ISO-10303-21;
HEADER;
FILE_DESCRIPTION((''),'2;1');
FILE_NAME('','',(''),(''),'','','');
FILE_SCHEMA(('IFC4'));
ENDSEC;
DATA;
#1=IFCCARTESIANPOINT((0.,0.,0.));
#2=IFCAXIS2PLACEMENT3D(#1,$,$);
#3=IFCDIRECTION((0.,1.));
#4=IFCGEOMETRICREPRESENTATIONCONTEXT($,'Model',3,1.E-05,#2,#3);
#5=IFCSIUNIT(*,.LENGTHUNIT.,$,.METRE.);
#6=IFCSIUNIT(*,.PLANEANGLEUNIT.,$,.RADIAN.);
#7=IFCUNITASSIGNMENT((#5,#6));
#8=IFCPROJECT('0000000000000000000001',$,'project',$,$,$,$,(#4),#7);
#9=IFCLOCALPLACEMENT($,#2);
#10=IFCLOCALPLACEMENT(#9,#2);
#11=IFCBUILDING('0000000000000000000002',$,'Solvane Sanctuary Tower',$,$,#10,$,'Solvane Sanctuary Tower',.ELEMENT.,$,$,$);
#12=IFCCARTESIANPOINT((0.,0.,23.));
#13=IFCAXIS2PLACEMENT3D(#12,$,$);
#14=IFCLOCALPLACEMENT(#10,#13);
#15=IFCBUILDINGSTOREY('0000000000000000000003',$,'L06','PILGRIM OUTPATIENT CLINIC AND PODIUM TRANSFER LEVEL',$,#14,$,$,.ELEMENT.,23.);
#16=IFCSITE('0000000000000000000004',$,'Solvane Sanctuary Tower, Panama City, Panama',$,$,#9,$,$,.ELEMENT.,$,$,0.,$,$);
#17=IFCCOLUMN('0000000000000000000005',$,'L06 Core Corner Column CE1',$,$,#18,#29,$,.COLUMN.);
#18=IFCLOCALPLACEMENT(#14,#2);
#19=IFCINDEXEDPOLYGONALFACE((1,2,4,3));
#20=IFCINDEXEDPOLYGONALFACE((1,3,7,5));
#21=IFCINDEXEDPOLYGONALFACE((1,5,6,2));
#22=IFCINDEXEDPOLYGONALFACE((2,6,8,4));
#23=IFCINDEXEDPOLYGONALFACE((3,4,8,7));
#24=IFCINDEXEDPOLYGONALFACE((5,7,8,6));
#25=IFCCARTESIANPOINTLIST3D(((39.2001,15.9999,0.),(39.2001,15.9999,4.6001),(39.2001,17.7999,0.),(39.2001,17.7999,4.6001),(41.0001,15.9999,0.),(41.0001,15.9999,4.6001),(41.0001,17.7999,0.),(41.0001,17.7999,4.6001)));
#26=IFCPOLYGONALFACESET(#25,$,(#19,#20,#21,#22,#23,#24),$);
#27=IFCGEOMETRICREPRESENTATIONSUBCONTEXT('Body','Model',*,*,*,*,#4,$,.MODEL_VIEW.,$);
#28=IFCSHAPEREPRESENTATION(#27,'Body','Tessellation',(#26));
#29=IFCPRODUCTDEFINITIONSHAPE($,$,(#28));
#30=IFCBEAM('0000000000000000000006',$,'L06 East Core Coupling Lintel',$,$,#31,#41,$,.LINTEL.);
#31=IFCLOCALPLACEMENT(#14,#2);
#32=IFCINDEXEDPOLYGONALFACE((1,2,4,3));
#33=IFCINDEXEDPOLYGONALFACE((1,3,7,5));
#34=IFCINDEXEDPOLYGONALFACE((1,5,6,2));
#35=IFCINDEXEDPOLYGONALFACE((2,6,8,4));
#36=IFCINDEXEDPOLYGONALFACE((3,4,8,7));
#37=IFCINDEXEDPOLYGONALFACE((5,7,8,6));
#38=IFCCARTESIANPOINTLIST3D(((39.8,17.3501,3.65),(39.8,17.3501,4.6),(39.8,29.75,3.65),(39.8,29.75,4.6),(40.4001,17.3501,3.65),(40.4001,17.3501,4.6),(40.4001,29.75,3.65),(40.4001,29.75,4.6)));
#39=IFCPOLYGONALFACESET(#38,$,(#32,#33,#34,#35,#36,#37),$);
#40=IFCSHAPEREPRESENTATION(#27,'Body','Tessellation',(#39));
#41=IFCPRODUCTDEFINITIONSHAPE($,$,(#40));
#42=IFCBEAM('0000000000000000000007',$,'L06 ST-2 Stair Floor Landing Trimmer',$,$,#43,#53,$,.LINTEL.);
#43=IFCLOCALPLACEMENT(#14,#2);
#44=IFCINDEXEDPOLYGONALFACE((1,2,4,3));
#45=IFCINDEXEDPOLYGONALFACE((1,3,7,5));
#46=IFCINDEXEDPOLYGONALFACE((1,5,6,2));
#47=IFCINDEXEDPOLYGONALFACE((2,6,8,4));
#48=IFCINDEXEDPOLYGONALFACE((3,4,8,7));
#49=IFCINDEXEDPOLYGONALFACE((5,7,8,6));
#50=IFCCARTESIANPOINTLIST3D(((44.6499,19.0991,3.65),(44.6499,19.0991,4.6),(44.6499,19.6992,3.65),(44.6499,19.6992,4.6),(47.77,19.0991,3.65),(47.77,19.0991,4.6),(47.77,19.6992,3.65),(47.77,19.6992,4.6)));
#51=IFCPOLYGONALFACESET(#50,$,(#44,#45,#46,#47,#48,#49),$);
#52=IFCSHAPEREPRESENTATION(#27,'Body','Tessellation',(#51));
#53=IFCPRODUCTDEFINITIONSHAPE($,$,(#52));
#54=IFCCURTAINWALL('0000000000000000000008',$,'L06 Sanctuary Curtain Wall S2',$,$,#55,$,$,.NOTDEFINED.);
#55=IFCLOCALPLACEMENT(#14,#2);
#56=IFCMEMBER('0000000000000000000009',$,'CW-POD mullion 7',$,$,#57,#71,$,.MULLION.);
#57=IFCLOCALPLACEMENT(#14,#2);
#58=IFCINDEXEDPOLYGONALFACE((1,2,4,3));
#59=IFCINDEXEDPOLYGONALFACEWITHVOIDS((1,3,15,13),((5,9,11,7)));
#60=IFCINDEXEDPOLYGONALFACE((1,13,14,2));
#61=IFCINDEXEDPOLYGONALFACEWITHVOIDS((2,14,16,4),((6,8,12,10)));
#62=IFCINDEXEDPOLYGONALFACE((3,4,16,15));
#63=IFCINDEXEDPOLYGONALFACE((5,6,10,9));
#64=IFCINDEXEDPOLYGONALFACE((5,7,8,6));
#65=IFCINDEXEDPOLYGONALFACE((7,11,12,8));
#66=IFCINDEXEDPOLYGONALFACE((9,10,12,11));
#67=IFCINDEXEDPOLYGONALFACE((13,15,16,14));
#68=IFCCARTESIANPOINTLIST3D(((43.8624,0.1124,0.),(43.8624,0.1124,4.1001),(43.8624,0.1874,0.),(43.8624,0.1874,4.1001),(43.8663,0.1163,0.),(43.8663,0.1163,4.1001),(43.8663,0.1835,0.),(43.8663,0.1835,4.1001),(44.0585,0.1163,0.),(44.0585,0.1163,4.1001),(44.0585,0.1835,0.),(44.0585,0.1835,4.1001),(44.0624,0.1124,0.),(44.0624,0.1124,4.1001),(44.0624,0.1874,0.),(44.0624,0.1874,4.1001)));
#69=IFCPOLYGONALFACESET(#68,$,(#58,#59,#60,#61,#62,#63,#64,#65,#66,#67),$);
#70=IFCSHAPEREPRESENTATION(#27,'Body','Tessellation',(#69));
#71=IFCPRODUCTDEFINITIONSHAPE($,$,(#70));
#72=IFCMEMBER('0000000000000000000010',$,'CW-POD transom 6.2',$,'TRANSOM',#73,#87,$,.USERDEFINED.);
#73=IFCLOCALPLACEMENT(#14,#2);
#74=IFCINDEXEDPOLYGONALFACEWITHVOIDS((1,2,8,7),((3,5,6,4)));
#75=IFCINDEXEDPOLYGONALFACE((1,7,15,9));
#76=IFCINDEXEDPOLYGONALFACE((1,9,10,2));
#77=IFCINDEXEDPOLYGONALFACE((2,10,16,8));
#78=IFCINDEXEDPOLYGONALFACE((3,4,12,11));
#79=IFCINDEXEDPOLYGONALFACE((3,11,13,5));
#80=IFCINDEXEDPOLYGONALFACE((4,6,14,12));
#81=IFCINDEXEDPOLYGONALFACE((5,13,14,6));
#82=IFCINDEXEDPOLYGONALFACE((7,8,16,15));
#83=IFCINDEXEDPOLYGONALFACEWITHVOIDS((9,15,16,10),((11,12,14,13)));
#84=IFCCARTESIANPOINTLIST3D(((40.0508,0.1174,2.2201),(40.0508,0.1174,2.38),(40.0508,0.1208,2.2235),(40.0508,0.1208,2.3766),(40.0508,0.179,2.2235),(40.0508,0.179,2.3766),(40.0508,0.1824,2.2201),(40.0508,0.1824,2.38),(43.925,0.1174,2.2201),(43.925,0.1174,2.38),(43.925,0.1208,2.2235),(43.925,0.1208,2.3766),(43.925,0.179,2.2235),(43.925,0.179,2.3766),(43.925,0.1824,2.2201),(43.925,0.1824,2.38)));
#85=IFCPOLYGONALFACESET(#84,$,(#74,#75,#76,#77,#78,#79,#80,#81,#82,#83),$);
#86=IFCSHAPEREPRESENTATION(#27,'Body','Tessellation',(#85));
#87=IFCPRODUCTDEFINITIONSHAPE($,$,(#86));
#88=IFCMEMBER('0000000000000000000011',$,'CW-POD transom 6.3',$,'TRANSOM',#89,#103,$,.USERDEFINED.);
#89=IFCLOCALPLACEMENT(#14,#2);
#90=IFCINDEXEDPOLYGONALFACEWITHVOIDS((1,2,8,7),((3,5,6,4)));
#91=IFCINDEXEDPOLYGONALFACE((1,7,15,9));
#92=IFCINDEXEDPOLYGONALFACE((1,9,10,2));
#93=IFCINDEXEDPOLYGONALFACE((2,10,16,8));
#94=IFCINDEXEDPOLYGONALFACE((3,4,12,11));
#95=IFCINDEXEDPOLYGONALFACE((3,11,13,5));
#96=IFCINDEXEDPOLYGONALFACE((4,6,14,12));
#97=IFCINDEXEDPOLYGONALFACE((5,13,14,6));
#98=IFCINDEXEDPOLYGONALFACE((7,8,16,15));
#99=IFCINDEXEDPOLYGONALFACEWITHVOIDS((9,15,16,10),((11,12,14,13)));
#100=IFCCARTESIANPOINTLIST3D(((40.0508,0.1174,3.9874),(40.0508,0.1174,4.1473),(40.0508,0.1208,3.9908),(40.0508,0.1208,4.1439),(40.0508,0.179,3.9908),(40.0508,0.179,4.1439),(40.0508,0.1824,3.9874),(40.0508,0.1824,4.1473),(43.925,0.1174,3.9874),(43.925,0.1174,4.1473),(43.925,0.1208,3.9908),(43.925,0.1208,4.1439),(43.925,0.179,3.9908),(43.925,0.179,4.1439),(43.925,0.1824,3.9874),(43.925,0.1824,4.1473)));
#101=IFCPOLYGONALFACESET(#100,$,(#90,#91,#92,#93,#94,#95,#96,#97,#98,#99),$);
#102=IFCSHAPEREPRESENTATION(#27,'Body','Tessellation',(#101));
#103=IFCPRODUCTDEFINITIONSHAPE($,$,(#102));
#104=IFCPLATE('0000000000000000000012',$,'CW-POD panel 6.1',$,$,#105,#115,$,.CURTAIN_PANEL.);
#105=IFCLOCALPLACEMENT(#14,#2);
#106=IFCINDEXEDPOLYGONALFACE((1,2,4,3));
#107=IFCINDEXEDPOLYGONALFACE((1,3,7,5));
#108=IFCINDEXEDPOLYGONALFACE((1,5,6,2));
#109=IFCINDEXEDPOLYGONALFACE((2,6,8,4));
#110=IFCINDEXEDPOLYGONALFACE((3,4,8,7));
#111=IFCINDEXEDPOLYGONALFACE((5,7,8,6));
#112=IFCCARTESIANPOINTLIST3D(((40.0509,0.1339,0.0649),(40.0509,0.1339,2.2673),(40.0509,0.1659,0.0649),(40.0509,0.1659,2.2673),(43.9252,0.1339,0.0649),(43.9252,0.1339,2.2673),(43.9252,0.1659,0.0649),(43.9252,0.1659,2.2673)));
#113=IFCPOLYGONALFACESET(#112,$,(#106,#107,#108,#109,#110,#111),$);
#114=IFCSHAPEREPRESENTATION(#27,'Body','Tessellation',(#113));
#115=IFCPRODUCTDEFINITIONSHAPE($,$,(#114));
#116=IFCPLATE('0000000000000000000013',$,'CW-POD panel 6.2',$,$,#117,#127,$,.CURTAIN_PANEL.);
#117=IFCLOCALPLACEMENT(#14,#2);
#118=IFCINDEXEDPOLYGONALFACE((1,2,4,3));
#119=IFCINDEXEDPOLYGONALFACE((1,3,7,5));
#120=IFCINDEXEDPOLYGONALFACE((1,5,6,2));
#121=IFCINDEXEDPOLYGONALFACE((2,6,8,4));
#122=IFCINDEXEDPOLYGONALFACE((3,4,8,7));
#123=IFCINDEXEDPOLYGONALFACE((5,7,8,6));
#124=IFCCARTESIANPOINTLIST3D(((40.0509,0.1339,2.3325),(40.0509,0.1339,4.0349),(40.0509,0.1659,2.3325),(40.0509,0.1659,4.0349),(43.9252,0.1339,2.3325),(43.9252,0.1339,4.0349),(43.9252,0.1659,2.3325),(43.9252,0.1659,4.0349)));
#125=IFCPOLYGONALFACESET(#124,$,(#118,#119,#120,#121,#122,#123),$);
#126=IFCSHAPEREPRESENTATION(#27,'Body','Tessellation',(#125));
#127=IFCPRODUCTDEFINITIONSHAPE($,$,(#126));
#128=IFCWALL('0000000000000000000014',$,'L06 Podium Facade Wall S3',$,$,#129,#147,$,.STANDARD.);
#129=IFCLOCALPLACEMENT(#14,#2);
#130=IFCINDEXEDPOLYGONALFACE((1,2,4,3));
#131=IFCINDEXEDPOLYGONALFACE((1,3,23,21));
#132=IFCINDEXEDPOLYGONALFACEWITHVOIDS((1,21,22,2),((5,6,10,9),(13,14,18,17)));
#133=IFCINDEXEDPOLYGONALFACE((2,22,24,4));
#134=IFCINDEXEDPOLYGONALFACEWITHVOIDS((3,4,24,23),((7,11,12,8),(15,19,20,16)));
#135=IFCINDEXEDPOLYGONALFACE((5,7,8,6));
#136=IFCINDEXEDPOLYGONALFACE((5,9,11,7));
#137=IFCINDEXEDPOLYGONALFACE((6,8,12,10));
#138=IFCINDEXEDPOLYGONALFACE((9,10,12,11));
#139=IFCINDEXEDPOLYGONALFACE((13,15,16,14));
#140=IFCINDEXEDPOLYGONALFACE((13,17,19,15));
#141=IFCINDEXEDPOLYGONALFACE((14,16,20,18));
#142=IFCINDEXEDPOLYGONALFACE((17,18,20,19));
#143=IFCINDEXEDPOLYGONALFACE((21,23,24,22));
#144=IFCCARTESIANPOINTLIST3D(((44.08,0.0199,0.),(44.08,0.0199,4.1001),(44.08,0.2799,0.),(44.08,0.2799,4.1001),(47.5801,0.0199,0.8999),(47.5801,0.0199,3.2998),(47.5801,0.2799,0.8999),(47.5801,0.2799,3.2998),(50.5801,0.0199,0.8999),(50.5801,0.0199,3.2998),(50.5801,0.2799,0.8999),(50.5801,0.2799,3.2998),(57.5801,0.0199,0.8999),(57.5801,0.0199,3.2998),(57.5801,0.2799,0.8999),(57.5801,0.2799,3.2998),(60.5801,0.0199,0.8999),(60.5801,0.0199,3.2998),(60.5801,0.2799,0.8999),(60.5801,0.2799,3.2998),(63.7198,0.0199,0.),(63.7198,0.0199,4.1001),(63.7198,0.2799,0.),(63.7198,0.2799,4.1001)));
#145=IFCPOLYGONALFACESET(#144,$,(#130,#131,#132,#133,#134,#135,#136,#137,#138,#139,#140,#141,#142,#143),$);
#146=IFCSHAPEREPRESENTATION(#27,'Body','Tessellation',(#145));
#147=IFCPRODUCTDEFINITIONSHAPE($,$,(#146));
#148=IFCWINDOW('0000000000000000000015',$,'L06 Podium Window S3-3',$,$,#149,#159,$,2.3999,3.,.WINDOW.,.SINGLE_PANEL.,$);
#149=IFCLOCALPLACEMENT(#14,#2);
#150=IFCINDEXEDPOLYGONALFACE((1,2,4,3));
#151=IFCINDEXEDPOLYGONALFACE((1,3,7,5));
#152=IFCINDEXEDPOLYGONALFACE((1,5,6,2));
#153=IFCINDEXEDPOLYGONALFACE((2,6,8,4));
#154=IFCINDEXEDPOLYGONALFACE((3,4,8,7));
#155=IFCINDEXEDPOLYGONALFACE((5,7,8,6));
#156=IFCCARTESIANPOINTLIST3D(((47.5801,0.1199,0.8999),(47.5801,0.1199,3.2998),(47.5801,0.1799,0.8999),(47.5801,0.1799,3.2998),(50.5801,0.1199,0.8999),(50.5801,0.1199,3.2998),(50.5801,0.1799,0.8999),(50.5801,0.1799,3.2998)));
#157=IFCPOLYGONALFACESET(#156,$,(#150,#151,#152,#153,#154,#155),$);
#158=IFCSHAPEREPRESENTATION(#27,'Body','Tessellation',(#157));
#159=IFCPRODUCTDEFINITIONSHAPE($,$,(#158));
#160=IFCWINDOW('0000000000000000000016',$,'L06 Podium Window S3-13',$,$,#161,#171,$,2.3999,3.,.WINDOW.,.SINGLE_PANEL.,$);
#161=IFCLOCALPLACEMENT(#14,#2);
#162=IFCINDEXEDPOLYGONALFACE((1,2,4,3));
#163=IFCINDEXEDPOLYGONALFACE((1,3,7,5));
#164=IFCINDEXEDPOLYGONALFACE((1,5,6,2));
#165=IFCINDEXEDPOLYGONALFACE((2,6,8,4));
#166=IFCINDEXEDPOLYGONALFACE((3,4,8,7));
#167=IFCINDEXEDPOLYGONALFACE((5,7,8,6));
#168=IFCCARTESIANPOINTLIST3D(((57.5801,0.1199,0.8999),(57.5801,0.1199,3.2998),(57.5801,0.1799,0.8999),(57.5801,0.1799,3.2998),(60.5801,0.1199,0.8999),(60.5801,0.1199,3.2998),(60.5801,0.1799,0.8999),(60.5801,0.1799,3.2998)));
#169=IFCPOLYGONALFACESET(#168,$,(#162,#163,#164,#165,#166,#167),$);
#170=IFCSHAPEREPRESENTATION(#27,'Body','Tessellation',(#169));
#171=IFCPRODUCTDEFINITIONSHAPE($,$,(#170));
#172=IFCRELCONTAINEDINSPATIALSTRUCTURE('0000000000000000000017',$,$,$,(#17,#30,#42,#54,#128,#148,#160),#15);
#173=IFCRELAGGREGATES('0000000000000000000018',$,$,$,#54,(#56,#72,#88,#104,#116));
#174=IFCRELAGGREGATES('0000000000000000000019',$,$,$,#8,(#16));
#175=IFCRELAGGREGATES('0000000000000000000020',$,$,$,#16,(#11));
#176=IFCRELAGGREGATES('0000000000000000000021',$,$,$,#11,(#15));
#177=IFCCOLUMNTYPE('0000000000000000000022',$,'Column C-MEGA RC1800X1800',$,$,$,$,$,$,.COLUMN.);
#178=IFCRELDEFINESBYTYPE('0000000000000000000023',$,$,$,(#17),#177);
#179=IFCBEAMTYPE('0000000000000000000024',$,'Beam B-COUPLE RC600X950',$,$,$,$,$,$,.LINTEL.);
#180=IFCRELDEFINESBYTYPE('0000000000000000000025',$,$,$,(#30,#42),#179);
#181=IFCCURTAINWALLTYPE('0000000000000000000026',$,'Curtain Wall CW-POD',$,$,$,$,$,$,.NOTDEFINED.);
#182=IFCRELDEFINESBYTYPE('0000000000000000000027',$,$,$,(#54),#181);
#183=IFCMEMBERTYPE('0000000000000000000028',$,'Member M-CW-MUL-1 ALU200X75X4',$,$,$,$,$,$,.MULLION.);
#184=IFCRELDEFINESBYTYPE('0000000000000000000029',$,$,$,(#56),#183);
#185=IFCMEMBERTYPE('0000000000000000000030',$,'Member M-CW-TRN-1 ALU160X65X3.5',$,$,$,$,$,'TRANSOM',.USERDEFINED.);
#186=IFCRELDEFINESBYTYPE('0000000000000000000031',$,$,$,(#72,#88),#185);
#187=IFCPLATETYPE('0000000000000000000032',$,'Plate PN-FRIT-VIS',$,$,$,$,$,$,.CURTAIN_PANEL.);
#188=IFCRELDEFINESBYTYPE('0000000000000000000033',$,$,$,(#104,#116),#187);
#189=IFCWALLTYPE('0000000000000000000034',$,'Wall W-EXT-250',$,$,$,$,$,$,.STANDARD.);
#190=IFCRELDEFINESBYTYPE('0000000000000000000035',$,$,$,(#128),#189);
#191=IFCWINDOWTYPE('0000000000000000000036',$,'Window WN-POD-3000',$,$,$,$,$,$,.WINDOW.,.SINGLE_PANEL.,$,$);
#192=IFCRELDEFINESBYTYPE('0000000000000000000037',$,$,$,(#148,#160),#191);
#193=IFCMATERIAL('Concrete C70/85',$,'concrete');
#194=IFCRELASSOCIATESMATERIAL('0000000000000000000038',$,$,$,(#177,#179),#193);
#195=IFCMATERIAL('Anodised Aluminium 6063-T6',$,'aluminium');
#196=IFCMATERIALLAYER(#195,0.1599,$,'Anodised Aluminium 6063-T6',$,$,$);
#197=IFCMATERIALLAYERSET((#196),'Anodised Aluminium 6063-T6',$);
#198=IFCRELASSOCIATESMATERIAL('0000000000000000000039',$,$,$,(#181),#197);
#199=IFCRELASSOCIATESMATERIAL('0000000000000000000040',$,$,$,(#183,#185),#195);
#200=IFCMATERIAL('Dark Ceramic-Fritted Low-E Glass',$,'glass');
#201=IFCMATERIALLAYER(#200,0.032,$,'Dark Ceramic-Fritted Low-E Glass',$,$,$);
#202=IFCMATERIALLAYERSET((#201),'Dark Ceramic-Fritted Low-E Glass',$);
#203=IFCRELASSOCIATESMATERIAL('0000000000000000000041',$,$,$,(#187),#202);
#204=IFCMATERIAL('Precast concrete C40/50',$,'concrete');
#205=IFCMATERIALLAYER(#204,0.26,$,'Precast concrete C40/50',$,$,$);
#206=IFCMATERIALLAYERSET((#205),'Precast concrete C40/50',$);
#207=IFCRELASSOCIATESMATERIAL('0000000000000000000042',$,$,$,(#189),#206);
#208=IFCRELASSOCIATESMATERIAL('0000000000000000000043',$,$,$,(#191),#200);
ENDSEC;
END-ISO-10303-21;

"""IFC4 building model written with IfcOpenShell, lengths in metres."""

from ifc_helpers import new_model, si_unit, direction, frame, frame_2d, origin, origin_2d, place, context, subcontext, project, spatial, rectangle, hollow_rectangle, extrude, material, layer, layer_set, material_profile, profile_set, type_object, element, fill, aggregate, save


model = new_model("IFC4")

# Units and contexts
model_context = context("Model", 3, precision=1e-05, world=origin(), true_north=direction((0.0, 1.0)))
body_context = subcontext(model_context, "Body", "Model", "MODEL_VIEW")
ifc_project = project(units=[si_unit("LENGTHUNIT", "METRE"), si_unit("PLANEANGLEUNIT", "RADIAN")], contexts=[model_context])

# Site, building, storey
site_placement = place(None, origin())
site = spatial("IfcSite", under=ifc_project, at=site_placement, Name="Solvane Sanctuary Tower, Panama City, Panama", CompositionType="ELEMENT", RefElevation=0.0)
building_placement = place(site_placement, origin())
building = spatial("IfcBuilding", under=site, at=building_placement, Name="Solvane Sanctuary Tower", LongName="Solvane Sanctuary Tower", CompositionType="ELEMENT")
storey_placement = place(building_placement, frame((0.0, 0.0, 23.0)))
storey = spatial("IfcBuildingStorey", under=building, at=storey_placement, Name="L06", Description="PILGRIM OUTPATIENT CLINIC AND PODIUM TRANSFER LEVEL", CompositionType="ELEMENT", Elevation=23.0)

# Column
ifc_material_1 = material(Name="Concrete C70/85", Category="concrete")
ifc_material_profile_1 = material_profile(ifc_material_1, rectangle(XDim=1.8, YDim=1.8, at=origin_2d()), Name="RC1800X1800")
ifc_profile_set_1 = profile_set([ifc_material_profile_1], Name="Concrete C70/85")
column_type = type_object("IfcColumnType", Name="Column C-MEGA RC1800X1800", PredefinedType="COLUMN", material=ifc_profile_set_1)
column_placement = place(storey_placement, frame((40.1001, 16.8999, 0.0), z_axis=(0.0, 0.0, 1.0), x_axis=(1.0, 0.0, 0.0)))
element("IfcColumn", 1, at=column_placement, inside=storey, type_object=column_type, Name="L06 Core Corner Column CE1", PredefinedType="COLUMN", context=body_context, shape_type="SweptSolid", body=[
    extrude(rectangle(XDim=1.8, YDim=1.8, at=origin_2d()), origin(), (0.0, 0.0, 1.0), 4.6001),
])

# Beams
ifc_material_profile_2 = material_profile(ifc_material_1, rectangle(XDim=0.6001, YDim=0.95, at=origin_2d()), Name="RC600X950")
ifc_profile_set_2 = profile_set([ifc_material_profile_2], Name="Concrete C70/85")
beam_type = type_object("IfcBeamType", Name="Beam B-COUPLE RC600X950", PredefinedType="LINTEL", material=ifc_profile_set_2)
beam_1_placement = place(storey_placement, frame((40.1001, 17.3501, 4.125), z_axis=(0.0, 1.0, 0.0), x_axis=(-1.0, 0.0, 0.0)))
element("IfcBeam", 2, at=beam_1_placement, inside=storey, type_object=beam_type, Name="L06 East Core Coupling Lintel", PredefinedType="LINTEL", context=body_context, shape_type="SweptSolid", body=[
    extrude(rectangle(XDim=0.6001, YDim=0.95, at=origin_2d()), origin(), (0.0, 0.0, 1.0), 12.3999),
])
beam_2_placement = place(storey_placement, frame((44.6499, 19.3992, 4.125), z_axis=(1.0, 0.0, 0.0), x_axis=(0.0, 1.0, 0.0)))
element("IfcBeam", 3, at=beam_2_placement, inside=storey, type_object=beam_type, Name="L06 ST-2 Stair Floor Landing Trimmer", PredefinedType="LINTEL", context=body_context, shape_type="SweptSolid", body=[
    extrude(rectangle(XDim=0.6001, YDim=0.95, at=origin_2d()), origin(), (0.0, 0.0, 1.0), 3.1201),
])

# Curtain wall, members, plates
ifc_material_2 = material(Name="Anodised Aluminium 6063-T6", Category="aluminium")
ifc_layer_1 = layer(ifc_material_2, 0.1599, Name="Anodised Aluminium 6063-T6")
ifc_layer_set_1 = layer_set([ifc_layer_1], Name="Anodised Aluminium 6063-T6")
curtain_wall_type = type_object("IfcCurtainWallType", Name="Curtain Wall CW-POD", PredefinedType="NOTDEFINED", material=ifc_layer_set_1)
curtain_wall_placement = place(storey_placement, origin())
curtain_wall = element("IfcCurtainWall", 4, at=curtain_wall_placement, inside=storey, type_object=curtain_wall_type, Name="L06 Sanctuary Curtain Wall S2", PredefinedType="NOTDEFINED")
ifc_material_profile_3 = material_profile(ifc_material_2, hollow_rectangle(XDim=0.075, YDim=0.2, WallThickness=0.0039, at=origin_2d()), Name="ALU200X75X4")
ifc_profile_set_3 = profile_set([ifc_material_profile_3], Name="Anodised Aluminium 6063-T6")
member_type_1 = type_object("IfcMemberType", Name="Member M-CW-MUL-1 ALU200X75X4", PredefinedType="MULLION", material=ifc_profile_set_3)
member_1_placement = place(storey_placement, frame((43.9624, 0.1499, 0.0), z_axis=(0.0, 0.0, 1.0), x_axis=(0.0, 1.0, 0.0)))
member_1 = element("IfcMember", 5, at=member_1_placement, type_object=member_type_1, Name="CW-POD mullion 7", PredefinedType="MULLION", context=body_context, shape_type="SweptSolid", body=[
    extrude(hollow_rectangle(XDim=0.075, YDim=0.2, WallThickness=0.0039, at=origin_2d()), origin(), (0.0, 0.0, 1.0), 4.1001),
])
ifc_material_profile_4 = material_profile(ifc_material_2, hollow_rectangle(XDim=0.0649, YDim=0.1599, WallThickness=0.0034, at=origin_2d()), Name="ALU160X65X3.5")
ifc_profile_set_4 = profile_set([ifc_material_profile_4], Name="Anodised Aluminium 6063-T6")
member_type_2 = type_object("IfcMemberType", Name="Member M-CW-TRN-1 ALU160X65X3.5", ElementType="TRANSOM", PredefinedType="USERDEFINED", material=ifc_profile_set_4)
member_2_placement = place(storey_placement, frame((40.0508, 0.1499, 2.3), z_axis=(1.0, 0.0, 0.0), x_axis=(0.0, 1.0, 0.0)))
member_2 = element("IfcMember", 6, at=member_2_placement, type_object=member_type_2, Name="CW-POD transom 6.2", ObjectType="TRANSOM", PredefinedType="USERDEFINED", context=body_context, shape_type="SweptSolid", body=[
    extrude(hollow_rectangle(XDim=0.0649, YDim=0.1599, WallThickness=0.0034, at=origin_2d()), origin(), (0.0, 0.0, 1.0), 3.8743),
])
member_3_placement = place(storey_placement, frame((40.0508, 0.1499, 4.0674), z_axis=(1.0, 0.0, 0.0), x_axis=(0.0, 1.0, 0.0)))
member_3 = element("IfcMember", 7, at=member_3_placement, type_object=member_type_2, Name="CW-POD transom 6.3", ObjectType="TRANSOM", PredefinedType="USERDEFINED", context=body_context, shape_type="SweptSolid", body=[
    extrude(hollow_rectangle(XDim=0.0649, YDim=0.1599, WallThickness=0.0034, at=origin_2d()), origin(), (0.0, 0.0, 1.0), 3.8743),
])
ifc_material_3 = material(Name="Dark Ceramic-Fritted Low-E Glass", Category="glass")
ifc_layer_2 = layer(ifc_material_3, 0.032, Name="Dark Ceramic-Fritted Low-E Glass")
ifc_layer_set_2 = layer_set([ifc_layer_2], Name="Dark Ceramic-Fritted Low-E Glass")
plate_type = type_object("IfcPlateType", Name="Plate PN-FRIT-VIS", PredefinedType="CURTAIN_PANEL", material=ifc_layer_set_2)
plate_1_placement = place(storey_placement, frame((41.988, 0.1499, 0.0649), z_axis=(0.0, 0.0, 1.0), x_axis=(1.0, 0.0, 0.0)))
plate_1 = element("IfcPlate", 8, at=plate_1_placement, type_object=plate_type, Name="CW-POD panel 6.1", PredefinedType="CURTAIN_PANEL", context=body_context, shape_type="SweptSolid", body=[
    extrude(rectangle(XDim=3.8743, YDim=0.032, at=origin_2d()), origin(), (0.0, 0.0, 1.0), 2.2024),
])
plate_2_placement = place(storey_placement, frame((41.988, 0.1499, 2.3325), z_axis=(0.0, 0.0, 1.0), x_axis=(1.0, 0.0, 0.0)))
plate_2 = element("IfcPlate", 9, at=plate_2_placement, type_object=plate_type, Name="CW-POD panel 6.2", PredefinedType="CURTAIN_PANEL", context=body_context, shape_type="SweptSolid", body=[
    extrude(rectangle(XDim=3.8743, YDim=0.032, at=origin_2d()), origin(), (0.0, 0.0, 1.0), 1.7024),
])
aggregate(curtain_wall, [member_1, member_2, member_3, plate_1, plate_2])

# Wall, openings, windows
ifc_material_4 = material(Name="Precast concrete C40/50", Category="concrete")
ifc_layer_3 = layer(ifc_material_4, 0.26, Name="Precast concrete C40/50")
ifc_layer_set_3 = layer_set([ifc_layer_3], Name="Precast concrete C40/50")
wall_type_1 = type_object("IfcWallType", Name="Wall W-EXT-250", PredefinedType="STANDARD", material=ifc_layer_set_3)
wall_1_placement = place(storey_placement, frame((44.0801, 0.1499, 0.0), z_axis=(0.0, 0.0, 1.0), x_axis=(1.0, 0.0, 0.0)))
wall_1 = element("IfcWall", 10, at=wall_1_placement, inside=storey, type_object=wall_type_1, Name="L06 Podium Facade Wall S3", PredefinedType="STANDARD", context=body_context, shape_type="SweptSolid", body=[
    extrude(rectangle(XDim=19.6399, YDim=0.26, at=frame_2d((9.8198, 0.0))), origin(), (0.0, 0.0, 1.0), 4.1001),
])
opening_1_placement = place(wall_1_placement, frame((3.5, 0.0, 0.8999)))
opening_1 = element("IfcOpeningElement", 11, at=opening_1_placement, cuts=wall_1, PredefinedType="OPENING", context=body_context, shape_type="SweptSolid", body=[
    extrude(rectangle(XDim=3.0, YDim=2.3999, at=frame_2d((1.5, 1.2))), frame((0.0, 0.1399, 0.0), z_axis=(0.0, -1.0, 0.0), x_axis=(1.0, 0.0, 0.0)), (0.0, 0.0, 1.0), 0.28),
])
opening_2_placement = place(wall_1_placement, frame((13.5, 0.0, 0.8999)))
opening_2 = element("IfcOpeningElement", 12, at=opening_2_placement, cuts=wall_1, PredefinedType="OPENING", context=body_context, shape_type="SweptSolid", body=[
    extrude(rectangle(XDim=3.0, YDim=2.3999, at=frame_2d((1.5, 1.2))), frame((0.0, 0.1399, 0.0), z_axis=(0.0, -1.0, 0.0), x_axis=(1.0, 0.0, 0.0)), (0.0, 0.0, 1.0), 0.28),
])
window_type = type_object("IfcWindowType", Name="Window WN-POD-3000", PartitioningType="SINGLE_PANEL", PredefinedType="WINDOW", material=ifc_material_3)
window_1_placement = place(opening_1_placement, origin())
window_1 = element("IfcWindow", 13, at=window_1_placement, inside=storey, type_object=window_type, Name="L06 Podium Window S3-3", OverallHeight=2.3999, OverallWidth=3.0, PartitioningType="SINGLE_PANEL", PredefinedType="WINDOW", context=body_context, shape_type="SweptSolid", body=[
    extrude(rectangle(XDim=3.0, YDim=2.3999, at=frame_2d((1.5, 1.2))), frame((0.0, 0.03, 0.0), z_axis=(0.0, -1.0, 0.0), x_axis=(1.0, 0.0, 0.0)), (0.0, 0.0, 1.0), 0.0601),
])
fill(opening_1, window_1)
window_2_placement = place(opening_2_placement, origin())
window_2 = element("IfcWindow", 14, at=window_2_placement, inside=storey, type_object=window_type, Name="L06 Podium Window S3-13", OverallHeight=2.3999, OverallWidth=3.0, PartitioningType="SINGLE_PANEL", PredefinedType="WINDOW", context=body_context, shape_type="SweptSolid", body=[
    extrude(rectangle(XDim=3.0, YDim=2.3999, at=frame_2d((1.5, 1.2))), frame((0.0, 0.03, 0.0), z_axis=(0.0, -1.0, 0.0), x_axis=(1.0, 0.0, 0.0)), (0.0, 0.0, 1.0), 0.0601),
])
fill(opening_2, window_2)

save(model, "model.ifc")
